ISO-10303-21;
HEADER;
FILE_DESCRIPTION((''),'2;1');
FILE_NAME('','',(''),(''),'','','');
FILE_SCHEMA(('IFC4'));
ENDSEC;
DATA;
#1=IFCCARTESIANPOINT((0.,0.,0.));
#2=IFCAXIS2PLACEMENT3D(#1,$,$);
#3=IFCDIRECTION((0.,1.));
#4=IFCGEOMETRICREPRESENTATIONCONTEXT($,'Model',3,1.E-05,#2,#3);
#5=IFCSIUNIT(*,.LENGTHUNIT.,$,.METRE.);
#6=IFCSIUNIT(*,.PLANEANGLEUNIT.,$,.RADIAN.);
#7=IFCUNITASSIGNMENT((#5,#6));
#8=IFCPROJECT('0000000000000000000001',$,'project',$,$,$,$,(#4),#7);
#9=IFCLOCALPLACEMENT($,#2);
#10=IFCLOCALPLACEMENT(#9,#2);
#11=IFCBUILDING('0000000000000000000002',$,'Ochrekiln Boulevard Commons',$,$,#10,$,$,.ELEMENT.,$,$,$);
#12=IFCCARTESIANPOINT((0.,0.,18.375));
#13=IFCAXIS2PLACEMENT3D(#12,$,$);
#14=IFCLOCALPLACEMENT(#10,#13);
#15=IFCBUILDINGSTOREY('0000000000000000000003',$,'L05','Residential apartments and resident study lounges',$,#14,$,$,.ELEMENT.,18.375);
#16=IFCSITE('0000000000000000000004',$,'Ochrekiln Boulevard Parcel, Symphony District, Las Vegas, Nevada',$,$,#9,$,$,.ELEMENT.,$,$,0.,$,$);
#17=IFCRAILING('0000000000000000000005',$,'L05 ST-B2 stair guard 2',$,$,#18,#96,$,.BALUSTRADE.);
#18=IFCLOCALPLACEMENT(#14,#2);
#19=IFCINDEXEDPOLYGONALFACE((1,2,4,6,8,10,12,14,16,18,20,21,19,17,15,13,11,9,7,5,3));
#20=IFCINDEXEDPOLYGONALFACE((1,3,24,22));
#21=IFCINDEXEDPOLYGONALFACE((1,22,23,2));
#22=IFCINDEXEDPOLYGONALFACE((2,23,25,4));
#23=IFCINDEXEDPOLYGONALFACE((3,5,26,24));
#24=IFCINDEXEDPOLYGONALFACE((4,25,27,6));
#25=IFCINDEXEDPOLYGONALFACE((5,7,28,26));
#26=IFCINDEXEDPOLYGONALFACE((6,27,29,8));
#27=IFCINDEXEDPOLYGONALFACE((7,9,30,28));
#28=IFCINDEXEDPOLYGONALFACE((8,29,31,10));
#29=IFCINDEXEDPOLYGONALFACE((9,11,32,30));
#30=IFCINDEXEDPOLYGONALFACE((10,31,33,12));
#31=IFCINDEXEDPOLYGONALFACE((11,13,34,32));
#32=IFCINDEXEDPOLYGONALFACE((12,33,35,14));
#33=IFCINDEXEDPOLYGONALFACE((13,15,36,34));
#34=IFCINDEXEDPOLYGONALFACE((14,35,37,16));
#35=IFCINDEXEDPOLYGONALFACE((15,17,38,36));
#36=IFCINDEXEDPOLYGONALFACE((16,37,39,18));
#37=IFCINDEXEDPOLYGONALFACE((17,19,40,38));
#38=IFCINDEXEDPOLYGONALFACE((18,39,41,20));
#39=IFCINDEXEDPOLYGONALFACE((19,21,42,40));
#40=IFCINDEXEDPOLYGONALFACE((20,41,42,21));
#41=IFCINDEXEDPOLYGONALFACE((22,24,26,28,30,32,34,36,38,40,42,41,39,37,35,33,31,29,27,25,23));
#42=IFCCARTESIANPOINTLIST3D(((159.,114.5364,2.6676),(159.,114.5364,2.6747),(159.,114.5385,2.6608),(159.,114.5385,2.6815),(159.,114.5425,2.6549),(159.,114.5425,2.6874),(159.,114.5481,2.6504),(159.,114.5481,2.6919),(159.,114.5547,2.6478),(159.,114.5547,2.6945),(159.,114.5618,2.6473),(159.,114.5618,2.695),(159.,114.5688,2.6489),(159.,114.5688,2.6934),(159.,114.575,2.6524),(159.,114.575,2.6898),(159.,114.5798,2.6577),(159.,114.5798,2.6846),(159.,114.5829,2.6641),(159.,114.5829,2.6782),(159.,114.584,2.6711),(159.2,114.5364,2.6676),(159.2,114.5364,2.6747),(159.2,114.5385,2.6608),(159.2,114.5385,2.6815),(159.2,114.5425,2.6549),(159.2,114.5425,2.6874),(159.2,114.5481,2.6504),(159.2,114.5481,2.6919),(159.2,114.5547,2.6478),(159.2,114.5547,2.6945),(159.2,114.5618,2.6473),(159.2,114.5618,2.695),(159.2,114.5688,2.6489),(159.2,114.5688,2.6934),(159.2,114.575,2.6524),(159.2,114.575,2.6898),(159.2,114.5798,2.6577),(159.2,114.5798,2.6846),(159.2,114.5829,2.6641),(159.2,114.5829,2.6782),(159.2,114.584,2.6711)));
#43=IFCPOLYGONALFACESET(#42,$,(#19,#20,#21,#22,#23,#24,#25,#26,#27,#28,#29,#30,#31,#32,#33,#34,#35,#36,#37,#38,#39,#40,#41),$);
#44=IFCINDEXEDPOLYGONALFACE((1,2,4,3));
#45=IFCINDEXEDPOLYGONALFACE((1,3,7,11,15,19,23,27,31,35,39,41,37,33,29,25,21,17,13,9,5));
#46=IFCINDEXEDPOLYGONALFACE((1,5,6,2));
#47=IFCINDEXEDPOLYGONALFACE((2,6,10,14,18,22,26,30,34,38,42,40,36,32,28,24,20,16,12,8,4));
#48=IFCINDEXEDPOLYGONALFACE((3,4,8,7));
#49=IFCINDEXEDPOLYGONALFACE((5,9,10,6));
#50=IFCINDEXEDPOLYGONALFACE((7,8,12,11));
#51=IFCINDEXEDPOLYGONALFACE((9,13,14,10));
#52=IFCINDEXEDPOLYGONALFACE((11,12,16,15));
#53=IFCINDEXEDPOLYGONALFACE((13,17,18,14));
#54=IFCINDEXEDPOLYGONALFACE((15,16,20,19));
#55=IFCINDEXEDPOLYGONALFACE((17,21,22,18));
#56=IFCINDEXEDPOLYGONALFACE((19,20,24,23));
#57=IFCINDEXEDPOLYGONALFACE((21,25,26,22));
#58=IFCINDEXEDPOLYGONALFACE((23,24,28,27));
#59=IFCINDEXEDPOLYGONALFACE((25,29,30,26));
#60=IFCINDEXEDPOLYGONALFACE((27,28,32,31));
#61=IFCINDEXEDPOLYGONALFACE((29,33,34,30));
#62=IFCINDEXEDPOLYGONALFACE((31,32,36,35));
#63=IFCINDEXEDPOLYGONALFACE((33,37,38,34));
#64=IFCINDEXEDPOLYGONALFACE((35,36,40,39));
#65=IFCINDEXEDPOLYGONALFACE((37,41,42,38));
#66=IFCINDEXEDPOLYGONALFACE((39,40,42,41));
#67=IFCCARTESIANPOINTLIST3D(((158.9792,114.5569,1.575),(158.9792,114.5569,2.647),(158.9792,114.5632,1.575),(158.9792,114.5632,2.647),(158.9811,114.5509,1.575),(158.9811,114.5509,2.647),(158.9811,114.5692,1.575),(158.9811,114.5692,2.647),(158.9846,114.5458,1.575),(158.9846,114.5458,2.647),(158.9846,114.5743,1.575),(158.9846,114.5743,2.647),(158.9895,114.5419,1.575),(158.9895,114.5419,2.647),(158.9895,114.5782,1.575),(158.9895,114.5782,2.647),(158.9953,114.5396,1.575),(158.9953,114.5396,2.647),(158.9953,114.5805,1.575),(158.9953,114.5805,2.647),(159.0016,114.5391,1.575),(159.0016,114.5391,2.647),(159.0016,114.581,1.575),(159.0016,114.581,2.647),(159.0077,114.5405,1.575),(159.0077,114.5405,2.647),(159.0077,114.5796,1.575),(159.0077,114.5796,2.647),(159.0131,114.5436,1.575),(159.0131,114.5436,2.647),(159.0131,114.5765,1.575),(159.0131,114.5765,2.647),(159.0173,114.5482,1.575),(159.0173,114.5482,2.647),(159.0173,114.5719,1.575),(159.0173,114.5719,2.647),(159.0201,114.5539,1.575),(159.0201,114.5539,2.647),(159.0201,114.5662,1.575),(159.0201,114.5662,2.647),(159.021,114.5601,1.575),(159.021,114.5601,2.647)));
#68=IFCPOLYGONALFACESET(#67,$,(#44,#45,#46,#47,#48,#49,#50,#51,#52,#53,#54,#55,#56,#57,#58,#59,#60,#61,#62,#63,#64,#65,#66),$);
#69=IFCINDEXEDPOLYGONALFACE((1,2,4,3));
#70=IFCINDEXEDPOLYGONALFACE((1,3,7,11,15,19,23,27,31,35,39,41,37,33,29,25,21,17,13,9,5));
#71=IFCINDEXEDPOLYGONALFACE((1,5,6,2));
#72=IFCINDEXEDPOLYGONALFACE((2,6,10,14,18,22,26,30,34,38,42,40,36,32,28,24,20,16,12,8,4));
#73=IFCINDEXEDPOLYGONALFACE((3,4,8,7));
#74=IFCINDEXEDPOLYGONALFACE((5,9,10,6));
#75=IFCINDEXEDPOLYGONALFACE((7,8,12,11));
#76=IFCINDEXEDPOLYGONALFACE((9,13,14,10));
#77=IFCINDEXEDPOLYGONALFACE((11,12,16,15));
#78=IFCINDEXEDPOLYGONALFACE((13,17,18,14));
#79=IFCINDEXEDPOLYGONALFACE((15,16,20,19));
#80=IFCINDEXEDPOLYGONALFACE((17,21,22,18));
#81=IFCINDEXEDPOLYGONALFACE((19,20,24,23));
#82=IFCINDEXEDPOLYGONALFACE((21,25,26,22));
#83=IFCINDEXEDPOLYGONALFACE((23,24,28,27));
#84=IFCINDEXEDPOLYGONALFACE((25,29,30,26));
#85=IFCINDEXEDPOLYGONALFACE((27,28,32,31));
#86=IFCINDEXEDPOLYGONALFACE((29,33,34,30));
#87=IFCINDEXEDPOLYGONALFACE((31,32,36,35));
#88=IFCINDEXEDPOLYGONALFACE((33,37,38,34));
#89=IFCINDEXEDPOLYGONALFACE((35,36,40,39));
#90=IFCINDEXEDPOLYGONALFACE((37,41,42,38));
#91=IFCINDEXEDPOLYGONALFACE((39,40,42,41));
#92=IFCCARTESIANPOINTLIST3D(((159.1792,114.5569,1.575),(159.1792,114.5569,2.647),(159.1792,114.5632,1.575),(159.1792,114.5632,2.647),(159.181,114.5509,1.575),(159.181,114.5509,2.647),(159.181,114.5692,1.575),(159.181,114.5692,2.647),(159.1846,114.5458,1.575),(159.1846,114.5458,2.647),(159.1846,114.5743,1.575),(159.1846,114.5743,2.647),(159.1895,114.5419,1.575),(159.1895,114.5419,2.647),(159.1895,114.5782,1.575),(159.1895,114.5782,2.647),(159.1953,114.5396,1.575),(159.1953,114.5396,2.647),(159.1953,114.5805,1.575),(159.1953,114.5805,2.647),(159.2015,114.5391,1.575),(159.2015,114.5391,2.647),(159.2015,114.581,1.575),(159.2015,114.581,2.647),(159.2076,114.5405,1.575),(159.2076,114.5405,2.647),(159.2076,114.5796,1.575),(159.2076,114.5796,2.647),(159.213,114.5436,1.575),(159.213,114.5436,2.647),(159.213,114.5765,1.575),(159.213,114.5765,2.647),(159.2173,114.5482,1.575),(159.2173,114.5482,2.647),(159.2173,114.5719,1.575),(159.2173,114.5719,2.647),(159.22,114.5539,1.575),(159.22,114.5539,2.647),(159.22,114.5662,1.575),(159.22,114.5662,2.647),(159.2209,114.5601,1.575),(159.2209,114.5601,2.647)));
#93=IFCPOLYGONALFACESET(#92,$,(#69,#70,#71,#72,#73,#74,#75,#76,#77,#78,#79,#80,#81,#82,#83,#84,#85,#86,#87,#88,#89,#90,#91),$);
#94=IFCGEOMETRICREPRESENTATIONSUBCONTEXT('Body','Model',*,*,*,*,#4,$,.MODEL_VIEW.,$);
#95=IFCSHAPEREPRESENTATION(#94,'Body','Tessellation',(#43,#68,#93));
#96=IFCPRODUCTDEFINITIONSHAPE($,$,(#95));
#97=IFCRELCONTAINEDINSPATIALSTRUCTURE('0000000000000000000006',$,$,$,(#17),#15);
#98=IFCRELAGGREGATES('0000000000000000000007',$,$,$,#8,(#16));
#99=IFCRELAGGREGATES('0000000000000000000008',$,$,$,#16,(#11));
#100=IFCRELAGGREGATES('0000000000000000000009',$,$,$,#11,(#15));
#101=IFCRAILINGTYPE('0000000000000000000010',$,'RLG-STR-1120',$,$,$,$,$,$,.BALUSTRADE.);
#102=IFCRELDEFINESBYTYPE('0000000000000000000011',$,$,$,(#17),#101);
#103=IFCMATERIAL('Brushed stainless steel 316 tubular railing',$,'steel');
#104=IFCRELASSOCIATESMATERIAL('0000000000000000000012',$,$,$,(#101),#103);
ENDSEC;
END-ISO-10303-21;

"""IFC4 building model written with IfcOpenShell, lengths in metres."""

from ifc_helpers import new_model, si_unit, direction, frame, origin, origin_2d, place, context, subcontext, project, spatial, circle, extrude, material, type_object, element, save


model = new_model("IFC4")

# Units and contexts
model_context = context("Model", 3, precision=1e-05, world=origin(), true_north=direction((0.0, 1.0)))
body_context = subcontext(model_context, "Body", "Model", "MODEL_VIEW")
ifc_project = project(units=[si_unit("LENGTHUNIT", "METRE"), si_unit("PLANEANGLEUNIT", "RADIAN")], contexts=[model_context])

# Site, building, storey
site_placement = place(None, origin())
site = spatial("IfcSite", under=ifc_project, at=site_placement, Name="Ochrekiln Boulevard Parcel, Symphony District, Las Vegas, Nevada", CompositionType="ELEMENT", RefElevation=0.0)
building_placement = place(site_placement, origin())
building = spatial("IfcBuilding", under=site, at=building_placement, Name="Ochrekiln Boulevard Commons", CompositionType="ELEMENT")
storey_placement = place(building_placement, frame((0.0, 0.0, 18.375)))
storey = spatial("IfcBuildingStorey", under=building, at=storey_placement, Name="L05", Description="Residential apartments and resident study lounges", CompositionType="ELEMENT", Elevation=18.375)

# Railing
ifc_material_1 = material(Name="Brushed stainless steel 316 tubular railing", Category="steel")
railing_type_1 = type_object("IfcRailingType", Name="RLG-STR-1120", PredefinedType="BALUSTRADE", material=ifc_material_1)
railing_1_placement = place(storey_placement, frame((159.0, 114.5601, 1.575)))
element("IfcRailing", 1, at=railing_1_placement, inside=storey, type_object=railing_type_1, Name="L05 ST-B2 stair guard 2", PredefinedType="BALUSTRADE", context=body_context, shape_type="SweptSolid", body=[
    extrude(circle(Radius=0.0239, at=origin_2d()), frame((0.0, 0.0, 1.0962), z_axis=(1.0, 0.0, 0.0), x_axis=(0.0, 1.0, 0.0)), (0.0, 0.0, 1.0), 0.2),
    extrude(circle(Radius=0.021, at=origin_2d()), origin(), (0.0, 0.0, 1.0), 1.072),
    extrude(circle(Radius=0.021, at=origin_2d()), frame((0.2, 0.0, 0.0)), (0.0, 0.0, 1.0), 1.072),
])

save(model, "model.ifc")
